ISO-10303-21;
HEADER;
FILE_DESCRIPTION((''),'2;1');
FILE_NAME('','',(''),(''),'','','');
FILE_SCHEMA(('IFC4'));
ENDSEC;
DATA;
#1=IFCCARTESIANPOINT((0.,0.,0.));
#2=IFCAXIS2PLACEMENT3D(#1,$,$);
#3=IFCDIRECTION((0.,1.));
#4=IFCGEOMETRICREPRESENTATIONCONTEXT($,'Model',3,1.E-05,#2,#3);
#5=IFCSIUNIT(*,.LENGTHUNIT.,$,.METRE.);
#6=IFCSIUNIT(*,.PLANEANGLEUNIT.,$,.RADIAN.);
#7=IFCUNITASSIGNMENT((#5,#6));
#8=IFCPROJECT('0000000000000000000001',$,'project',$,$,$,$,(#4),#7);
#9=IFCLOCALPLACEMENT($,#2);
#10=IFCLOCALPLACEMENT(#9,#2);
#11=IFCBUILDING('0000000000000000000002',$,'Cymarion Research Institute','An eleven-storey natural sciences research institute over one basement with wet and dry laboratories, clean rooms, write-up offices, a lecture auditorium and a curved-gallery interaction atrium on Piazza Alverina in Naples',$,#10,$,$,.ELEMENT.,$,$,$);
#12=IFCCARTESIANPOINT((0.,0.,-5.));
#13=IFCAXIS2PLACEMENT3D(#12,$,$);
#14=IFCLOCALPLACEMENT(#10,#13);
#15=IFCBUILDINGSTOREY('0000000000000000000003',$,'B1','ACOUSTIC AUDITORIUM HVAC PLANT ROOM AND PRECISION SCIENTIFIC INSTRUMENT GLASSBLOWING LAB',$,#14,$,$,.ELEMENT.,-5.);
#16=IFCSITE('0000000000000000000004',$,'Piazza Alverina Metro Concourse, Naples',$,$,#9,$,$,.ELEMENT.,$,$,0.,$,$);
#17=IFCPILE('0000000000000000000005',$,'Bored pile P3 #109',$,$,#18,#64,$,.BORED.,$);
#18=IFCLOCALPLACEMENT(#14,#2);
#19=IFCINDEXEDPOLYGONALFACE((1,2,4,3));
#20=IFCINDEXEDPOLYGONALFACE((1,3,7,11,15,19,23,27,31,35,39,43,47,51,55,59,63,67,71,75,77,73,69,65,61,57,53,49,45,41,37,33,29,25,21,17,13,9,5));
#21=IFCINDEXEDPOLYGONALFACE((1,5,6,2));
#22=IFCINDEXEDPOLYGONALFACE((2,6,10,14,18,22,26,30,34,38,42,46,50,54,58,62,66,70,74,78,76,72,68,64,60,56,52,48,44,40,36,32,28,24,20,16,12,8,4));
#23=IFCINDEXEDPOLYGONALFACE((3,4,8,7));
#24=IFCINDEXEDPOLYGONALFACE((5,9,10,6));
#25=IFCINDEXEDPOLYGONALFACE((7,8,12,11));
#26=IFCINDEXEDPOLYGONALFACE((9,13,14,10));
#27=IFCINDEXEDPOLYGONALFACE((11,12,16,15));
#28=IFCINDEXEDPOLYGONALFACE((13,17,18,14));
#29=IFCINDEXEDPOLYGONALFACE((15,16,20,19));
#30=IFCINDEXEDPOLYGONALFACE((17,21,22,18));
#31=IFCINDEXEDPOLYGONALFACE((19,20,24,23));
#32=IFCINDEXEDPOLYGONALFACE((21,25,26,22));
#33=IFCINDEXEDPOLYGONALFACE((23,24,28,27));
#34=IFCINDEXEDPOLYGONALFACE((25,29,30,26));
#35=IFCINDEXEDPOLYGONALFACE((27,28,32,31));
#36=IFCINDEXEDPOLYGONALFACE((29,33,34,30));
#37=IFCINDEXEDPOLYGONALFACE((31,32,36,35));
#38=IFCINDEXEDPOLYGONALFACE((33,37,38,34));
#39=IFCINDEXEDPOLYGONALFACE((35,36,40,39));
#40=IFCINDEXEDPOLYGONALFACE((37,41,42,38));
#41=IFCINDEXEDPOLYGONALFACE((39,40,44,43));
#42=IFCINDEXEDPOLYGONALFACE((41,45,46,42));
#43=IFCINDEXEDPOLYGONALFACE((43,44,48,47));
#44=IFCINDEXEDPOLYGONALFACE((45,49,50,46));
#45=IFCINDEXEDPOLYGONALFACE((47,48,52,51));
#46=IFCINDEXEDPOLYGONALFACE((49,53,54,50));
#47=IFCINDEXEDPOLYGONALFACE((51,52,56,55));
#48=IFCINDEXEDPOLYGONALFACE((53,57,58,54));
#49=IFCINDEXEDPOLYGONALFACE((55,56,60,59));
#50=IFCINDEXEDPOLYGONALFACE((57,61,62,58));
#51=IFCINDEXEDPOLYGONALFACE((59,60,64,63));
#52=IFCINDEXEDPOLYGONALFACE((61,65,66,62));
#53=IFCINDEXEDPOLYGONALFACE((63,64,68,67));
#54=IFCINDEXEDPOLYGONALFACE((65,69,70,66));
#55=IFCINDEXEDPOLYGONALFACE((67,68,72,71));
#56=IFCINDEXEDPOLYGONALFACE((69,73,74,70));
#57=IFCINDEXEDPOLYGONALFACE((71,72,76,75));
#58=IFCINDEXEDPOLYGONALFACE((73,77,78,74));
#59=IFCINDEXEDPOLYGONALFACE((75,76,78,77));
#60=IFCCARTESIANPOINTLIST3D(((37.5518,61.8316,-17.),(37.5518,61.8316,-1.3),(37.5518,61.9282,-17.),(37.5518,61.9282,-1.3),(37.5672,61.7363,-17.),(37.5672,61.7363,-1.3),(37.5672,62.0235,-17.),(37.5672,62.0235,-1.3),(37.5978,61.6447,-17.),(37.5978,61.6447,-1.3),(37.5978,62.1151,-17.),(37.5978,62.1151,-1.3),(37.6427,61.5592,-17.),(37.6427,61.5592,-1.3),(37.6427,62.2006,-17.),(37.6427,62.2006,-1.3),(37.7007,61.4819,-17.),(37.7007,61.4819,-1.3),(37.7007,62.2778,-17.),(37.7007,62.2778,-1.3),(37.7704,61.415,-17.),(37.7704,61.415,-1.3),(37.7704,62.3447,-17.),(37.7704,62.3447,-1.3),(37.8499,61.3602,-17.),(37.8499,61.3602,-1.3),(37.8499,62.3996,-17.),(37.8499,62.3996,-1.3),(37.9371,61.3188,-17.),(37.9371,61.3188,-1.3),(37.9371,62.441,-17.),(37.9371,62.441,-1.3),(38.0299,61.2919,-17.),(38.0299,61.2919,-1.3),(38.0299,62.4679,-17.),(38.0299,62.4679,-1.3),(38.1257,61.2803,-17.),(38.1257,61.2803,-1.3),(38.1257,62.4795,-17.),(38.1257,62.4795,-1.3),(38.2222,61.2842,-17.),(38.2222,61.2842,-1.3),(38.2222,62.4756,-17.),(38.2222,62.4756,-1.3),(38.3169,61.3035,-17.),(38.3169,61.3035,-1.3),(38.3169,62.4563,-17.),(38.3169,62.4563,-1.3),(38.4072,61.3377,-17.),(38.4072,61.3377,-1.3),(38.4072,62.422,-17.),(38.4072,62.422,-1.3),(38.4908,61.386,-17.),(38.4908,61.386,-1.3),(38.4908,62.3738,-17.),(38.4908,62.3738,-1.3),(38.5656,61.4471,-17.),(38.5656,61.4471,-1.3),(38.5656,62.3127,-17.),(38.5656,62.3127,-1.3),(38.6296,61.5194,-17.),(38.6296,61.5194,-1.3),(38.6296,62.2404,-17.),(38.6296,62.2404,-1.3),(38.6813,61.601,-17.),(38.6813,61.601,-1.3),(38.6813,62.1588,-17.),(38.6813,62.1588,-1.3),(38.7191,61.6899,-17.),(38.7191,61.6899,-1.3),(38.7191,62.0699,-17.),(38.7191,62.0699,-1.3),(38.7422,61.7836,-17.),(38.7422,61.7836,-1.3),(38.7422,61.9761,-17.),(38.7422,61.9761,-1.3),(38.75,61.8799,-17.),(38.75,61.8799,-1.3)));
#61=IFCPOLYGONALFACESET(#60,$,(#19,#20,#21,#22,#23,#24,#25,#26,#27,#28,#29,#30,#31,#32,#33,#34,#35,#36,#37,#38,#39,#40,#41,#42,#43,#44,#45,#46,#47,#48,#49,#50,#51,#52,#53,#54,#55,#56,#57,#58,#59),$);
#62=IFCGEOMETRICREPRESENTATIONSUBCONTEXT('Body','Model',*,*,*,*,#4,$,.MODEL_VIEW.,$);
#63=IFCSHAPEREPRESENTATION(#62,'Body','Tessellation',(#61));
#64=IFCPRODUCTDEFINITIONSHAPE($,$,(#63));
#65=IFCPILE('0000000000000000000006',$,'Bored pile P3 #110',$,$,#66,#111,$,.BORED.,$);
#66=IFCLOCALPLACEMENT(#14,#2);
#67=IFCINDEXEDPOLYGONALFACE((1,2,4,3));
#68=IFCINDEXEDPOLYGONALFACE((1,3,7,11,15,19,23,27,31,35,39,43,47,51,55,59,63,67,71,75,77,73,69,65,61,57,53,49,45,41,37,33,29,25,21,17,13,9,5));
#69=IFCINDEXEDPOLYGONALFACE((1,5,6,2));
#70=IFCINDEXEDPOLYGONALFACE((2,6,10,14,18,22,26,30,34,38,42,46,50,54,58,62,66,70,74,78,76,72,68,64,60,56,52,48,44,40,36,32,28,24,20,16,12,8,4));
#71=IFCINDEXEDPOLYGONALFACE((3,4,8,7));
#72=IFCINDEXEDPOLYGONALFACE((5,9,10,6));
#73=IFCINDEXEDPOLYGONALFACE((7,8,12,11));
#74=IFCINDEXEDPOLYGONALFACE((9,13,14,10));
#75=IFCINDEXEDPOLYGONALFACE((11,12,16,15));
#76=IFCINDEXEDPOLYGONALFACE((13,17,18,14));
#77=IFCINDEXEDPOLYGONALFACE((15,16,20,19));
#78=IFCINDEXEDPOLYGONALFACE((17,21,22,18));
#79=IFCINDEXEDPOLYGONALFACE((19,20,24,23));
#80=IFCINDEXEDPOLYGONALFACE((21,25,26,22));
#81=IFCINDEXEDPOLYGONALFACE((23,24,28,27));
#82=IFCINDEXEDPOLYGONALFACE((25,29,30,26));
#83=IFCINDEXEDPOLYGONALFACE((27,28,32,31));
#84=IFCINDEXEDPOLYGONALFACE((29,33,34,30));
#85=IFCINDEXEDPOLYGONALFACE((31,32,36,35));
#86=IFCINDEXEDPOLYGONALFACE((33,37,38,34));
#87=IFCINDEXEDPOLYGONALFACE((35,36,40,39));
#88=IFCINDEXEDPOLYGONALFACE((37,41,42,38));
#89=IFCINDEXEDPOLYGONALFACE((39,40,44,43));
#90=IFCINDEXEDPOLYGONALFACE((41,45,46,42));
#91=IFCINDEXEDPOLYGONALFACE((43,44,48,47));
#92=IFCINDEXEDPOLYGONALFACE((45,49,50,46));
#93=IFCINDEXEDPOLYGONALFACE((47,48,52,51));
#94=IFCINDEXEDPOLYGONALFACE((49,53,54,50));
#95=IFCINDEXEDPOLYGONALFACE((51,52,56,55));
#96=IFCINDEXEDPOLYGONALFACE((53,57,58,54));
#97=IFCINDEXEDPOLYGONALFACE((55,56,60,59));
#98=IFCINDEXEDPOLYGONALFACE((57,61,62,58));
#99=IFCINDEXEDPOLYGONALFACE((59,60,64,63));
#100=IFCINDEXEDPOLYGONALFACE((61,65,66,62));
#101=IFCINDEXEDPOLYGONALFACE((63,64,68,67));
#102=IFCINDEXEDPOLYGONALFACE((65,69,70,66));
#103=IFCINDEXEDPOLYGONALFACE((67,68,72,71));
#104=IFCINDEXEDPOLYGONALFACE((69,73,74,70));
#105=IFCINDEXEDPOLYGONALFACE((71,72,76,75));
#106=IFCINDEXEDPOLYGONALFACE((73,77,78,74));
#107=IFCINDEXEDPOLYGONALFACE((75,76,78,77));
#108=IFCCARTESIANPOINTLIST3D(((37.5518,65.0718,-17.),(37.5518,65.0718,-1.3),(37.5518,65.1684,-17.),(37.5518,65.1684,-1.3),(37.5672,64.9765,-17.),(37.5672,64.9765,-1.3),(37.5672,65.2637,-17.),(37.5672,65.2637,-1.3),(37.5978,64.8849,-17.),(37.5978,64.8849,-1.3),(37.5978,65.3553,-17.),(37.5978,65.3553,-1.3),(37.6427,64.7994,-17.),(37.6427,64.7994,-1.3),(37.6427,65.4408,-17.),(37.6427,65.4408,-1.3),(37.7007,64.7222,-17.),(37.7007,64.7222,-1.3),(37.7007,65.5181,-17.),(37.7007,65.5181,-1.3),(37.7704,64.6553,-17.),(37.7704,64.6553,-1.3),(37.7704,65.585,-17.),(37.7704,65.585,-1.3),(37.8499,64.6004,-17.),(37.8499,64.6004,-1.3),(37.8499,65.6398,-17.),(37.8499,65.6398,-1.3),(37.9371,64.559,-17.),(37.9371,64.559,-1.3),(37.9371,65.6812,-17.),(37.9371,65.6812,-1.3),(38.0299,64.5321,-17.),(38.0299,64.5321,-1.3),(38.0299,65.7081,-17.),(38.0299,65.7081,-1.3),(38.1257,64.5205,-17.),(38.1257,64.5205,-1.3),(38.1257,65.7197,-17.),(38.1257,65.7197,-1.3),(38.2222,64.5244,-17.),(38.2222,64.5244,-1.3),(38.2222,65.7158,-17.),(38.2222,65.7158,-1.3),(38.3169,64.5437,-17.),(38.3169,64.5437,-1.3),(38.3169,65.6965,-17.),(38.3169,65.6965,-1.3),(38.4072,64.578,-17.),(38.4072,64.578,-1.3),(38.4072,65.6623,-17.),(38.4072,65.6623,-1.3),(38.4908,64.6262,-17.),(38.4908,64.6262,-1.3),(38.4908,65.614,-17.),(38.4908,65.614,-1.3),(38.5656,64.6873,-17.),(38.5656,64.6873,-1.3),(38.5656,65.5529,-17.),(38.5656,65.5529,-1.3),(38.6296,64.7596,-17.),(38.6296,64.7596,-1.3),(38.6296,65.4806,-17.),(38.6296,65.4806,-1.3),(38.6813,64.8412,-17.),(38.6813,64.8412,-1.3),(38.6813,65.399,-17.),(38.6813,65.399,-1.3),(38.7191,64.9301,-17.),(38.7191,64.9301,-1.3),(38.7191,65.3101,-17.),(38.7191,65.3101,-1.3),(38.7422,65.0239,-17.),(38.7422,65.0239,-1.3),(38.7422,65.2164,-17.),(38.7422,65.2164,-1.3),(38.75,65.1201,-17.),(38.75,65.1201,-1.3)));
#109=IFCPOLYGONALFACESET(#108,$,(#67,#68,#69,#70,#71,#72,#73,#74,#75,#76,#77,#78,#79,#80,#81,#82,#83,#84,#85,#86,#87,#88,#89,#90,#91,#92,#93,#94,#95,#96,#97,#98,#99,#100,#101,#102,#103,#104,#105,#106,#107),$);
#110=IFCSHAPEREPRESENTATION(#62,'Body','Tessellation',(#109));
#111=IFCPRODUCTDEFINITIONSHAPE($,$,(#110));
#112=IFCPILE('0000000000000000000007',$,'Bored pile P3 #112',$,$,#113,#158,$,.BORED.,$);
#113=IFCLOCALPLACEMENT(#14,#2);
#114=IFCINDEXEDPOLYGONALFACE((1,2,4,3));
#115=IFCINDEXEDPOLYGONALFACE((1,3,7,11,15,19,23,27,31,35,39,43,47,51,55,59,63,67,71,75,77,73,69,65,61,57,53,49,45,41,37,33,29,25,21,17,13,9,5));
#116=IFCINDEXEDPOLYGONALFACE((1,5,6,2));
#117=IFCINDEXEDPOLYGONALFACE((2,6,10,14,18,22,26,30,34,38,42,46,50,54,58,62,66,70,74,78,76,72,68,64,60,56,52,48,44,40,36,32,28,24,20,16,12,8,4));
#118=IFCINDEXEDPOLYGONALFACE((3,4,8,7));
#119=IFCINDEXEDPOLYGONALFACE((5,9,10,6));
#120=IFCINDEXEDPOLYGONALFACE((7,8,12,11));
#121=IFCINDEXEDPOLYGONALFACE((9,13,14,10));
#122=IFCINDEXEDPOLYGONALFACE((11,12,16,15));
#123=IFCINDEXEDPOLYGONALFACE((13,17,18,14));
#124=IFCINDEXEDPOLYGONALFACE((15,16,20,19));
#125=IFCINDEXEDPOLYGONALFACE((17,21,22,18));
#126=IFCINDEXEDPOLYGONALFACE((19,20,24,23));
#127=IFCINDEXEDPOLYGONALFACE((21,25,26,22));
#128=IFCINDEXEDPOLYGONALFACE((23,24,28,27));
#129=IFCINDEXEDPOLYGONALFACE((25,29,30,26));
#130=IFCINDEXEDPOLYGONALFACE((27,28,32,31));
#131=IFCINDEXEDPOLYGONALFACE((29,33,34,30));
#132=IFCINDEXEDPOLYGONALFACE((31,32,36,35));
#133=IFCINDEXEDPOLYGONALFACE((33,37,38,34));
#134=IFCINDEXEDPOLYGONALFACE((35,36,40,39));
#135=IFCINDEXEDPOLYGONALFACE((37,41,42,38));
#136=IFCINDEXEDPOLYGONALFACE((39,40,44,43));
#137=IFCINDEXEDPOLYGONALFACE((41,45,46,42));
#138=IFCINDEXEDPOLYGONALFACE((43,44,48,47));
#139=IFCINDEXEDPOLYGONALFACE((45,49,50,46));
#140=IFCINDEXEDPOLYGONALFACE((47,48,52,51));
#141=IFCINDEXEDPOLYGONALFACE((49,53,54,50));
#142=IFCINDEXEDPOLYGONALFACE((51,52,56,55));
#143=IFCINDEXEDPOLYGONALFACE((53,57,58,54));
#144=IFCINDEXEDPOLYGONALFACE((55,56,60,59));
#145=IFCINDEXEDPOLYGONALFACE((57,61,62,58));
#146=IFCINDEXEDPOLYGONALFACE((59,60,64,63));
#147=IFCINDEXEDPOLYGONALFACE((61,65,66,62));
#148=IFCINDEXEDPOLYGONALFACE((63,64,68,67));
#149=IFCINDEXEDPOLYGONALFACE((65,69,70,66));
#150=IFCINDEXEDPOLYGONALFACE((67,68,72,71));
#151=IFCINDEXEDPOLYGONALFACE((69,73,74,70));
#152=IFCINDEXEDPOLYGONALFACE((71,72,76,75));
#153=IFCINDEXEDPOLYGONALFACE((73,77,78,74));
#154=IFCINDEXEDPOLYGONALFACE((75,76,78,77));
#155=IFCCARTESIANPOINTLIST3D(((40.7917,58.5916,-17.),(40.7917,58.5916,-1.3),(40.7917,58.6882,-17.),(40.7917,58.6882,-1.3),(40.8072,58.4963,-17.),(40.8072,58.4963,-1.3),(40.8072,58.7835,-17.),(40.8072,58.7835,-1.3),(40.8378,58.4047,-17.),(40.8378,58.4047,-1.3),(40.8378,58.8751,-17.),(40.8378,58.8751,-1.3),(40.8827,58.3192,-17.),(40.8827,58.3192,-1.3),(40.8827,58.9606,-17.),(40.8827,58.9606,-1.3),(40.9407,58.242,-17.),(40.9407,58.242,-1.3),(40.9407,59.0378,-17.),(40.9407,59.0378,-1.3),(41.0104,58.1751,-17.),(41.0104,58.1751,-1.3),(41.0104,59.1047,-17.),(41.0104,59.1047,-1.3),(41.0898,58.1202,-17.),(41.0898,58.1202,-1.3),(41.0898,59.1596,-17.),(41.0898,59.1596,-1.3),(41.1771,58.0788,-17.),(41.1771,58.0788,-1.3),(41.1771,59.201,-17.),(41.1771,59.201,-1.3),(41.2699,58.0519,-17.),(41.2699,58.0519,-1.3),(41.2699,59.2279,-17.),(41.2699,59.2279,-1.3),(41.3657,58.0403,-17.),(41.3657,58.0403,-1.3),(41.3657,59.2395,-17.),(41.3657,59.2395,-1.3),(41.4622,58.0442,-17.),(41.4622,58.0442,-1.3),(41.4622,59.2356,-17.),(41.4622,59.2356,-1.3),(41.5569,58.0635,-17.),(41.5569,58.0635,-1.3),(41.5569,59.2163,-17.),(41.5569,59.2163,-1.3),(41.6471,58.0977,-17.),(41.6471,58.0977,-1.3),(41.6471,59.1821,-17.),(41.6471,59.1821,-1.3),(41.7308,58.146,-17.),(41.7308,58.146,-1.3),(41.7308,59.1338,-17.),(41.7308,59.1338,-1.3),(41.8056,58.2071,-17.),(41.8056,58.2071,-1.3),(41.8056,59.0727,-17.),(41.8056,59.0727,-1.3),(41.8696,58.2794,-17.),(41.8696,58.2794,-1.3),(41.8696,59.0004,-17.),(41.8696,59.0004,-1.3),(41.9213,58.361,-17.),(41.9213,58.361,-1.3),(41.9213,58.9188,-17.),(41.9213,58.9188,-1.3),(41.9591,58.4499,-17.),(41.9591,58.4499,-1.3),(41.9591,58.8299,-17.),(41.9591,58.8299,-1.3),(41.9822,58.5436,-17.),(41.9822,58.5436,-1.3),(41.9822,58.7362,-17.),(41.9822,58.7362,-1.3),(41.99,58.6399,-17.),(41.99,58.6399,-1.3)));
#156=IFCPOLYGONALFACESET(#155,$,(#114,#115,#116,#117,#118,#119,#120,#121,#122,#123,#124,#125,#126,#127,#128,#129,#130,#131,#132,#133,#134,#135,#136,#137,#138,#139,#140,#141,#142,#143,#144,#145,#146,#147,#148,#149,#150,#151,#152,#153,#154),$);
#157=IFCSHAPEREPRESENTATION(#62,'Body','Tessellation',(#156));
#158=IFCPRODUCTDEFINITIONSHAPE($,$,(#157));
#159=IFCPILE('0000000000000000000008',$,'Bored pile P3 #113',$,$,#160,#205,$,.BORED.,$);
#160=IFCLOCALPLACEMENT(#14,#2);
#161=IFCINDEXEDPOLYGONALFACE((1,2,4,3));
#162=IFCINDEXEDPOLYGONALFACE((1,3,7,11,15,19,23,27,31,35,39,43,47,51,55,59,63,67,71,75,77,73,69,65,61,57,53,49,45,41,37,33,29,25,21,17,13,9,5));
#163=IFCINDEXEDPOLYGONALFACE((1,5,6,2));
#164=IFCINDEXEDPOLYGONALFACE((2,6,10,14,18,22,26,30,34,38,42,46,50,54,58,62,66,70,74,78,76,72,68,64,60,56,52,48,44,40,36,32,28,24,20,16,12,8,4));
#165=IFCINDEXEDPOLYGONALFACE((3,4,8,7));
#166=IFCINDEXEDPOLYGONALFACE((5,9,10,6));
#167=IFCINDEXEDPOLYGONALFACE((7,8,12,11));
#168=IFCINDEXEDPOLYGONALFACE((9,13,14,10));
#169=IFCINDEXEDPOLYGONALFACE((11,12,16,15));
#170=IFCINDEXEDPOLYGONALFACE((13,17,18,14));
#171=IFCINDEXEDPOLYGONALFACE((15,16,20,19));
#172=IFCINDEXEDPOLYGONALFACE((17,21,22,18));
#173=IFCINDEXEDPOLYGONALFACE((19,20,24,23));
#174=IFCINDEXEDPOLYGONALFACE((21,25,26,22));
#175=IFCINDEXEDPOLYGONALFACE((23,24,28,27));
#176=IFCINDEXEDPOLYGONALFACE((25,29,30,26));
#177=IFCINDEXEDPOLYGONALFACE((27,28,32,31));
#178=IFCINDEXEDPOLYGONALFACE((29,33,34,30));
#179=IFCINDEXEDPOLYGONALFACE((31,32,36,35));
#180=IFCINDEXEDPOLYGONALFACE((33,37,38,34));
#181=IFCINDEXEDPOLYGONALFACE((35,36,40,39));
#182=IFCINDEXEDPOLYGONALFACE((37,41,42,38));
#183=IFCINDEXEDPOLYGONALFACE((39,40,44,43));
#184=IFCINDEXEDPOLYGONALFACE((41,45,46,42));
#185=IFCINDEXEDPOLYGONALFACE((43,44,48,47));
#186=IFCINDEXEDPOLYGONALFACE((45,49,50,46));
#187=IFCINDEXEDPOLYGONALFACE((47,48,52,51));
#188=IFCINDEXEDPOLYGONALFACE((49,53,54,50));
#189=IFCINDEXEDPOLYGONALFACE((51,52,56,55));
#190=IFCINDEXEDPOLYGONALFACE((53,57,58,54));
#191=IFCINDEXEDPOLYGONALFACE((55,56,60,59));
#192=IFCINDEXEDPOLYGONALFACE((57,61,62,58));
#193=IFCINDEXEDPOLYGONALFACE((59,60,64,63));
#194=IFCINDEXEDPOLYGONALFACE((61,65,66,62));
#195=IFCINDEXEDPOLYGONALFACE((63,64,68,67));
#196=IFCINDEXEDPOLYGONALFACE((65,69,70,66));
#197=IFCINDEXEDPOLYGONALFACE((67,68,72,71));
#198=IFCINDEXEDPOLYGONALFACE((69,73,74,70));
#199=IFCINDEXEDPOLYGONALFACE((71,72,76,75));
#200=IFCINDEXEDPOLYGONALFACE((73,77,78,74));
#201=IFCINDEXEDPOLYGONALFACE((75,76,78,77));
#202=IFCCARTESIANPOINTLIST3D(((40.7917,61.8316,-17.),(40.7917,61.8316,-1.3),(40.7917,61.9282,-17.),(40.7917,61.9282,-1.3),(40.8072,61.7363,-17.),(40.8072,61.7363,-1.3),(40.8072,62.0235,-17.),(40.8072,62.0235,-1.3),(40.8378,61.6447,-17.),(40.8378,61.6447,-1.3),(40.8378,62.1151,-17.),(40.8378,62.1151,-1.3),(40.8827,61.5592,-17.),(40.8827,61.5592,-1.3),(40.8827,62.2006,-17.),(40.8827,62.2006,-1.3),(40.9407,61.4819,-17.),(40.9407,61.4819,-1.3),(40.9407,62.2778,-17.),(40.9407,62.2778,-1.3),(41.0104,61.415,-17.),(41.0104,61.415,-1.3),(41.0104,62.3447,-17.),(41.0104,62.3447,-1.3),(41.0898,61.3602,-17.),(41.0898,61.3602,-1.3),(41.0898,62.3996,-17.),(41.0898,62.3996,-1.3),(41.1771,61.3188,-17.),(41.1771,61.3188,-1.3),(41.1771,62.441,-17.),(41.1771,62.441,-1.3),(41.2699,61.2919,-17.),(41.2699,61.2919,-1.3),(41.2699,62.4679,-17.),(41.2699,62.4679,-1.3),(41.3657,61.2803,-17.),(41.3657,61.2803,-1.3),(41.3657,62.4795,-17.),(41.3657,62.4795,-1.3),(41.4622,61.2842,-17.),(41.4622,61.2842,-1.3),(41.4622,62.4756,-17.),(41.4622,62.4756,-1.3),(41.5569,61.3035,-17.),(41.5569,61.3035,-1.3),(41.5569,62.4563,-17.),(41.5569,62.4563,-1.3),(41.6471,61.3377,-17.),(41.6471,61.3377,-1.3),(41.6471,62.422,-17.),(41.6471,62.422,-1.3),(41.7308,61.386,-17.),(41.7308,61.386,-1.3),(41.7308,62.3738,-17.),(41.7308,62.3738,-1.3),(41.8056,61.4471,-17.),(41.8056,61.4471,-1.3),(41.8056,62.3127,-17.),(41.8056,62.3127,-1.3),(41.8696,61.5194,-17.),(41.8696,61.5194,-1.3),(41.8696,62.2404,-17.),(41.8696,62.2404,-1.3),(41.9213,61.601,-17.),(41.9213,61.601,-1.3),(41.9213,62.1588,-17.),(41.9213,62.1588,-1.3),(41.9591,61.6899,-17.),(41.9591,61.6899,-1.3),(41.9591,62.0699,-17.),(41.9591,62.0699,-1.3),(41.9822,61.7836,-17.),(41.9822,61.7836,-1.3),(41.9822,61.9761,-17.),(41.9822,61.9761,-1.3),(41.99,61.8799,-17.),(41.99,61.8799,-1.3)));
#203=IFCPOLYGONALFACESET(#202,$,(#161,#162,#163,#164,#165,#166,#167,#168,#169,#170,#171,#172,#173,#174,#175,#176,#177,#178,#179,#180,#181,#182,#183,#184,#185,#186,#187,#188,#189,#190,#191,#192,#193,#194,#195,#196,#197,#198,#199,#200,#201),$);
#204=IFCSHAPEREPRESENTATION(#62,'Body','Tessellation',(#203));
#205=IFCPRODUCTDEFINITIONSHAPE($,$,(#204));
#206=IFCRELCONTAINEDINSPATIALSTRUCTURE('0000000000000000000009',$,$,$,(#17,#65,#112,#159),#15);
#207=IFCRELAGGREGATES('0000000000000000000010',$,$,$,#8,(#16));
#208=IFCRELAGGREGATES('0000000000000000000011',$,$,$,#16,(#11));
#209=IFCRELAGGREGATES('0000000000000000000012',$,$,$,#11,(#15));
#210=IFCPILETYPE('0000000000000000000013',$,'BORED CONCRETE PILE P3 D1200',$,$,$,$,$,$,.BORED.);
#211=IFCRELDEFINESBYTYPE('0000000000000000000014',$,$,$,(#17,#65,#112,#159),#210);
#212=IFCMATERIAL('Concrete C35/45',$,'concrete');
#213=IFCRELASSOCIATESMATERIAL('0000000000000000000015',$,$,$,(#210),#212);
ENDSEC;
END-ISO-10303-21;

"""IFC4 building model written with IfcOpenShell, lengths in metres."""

from ifc_helpers import new_model, si_unit, direction, frame, origin, origin_2d, place, context, subcontext, project, spatial, circle, extrude, material, material_profile, profile_set, type_object, element, save


model = new_model("IFC4")

# Units and contexts
model_context = context("Model", 3, precision=1e-05, world=origin(), true_north=direction((0.0, 1.0)))
body_context = subcontext(model_context, "Body", "Model", "MODEL_VIEW")
ifc_project = project(units=[si_unit("LENGTHUNIT", "METRE"), si_unit("PLANEANGLEUNIT", "RADIAN")], contexts=[model_context])

# Site, building, storey
site_placement = place(None, origin())
site = spatial("IfcSite", under=ifc_project, at=site_placement, Name="Piazza Alverina Metro Concourse, Naples", CompositionType="ELEMENT", RefElevation=0.0)
building_placement = place(site_placement, origin())
building = spatial("IfcBuilding", under=site, at=building_placement, Name="Cymarion Research Institute", Description="An eleven-storey natural sciences research institute over one basement with wet and dry laboratories, clean rooms, write-up offices, a lecture auditorium and a curved-gallery interaction atrium on Piazza Alverina in Naples", CompositionType="ELEMENT")
storey_placement = place(building_placement, frame((0.0, 0.0, -5.0)))
storey = spatial("IfcBuildingStorey", under=building, at=storey_placement, Name="B1", Description="ACOUSTIC AUDITORIUM HVAC PLANT ROOM AND PRECISION SCIENTIFIC INSTRUMENT GLASSBLOWING LAB", CompositionType="ELEMENT", Elevation=-5.0)

# Piles
ifc_material_1 = material(Name="Concrete C35/45", Category="concrete")
ifc_material_profile_1 = material_profile(ifc_material_1, circle(Radius=0.6001, at=origin_2d()), Name="BORED PILE D1200")
ifc_profile_set_1 = profile_set([ifc_material_profile_1], Name="Concrete C35/45")
pile_type = type_object("IfcPileType", Name="BORED CONCRETE PILE P3 D1200", PredefinedType="BORED", material=ifc_profile_set_1)
for number, where, z_axis, x_axis, name in (
    (1, (38.1499, 61.8799, -1.3), (0.0, 0.0, -1.0), (1.0, 0.0, 0.0), "Bored pile P3 #109"),
    (2, (38.1499, 65.1201, -1.3), (0.0, 0.0, -1.0), (1.0, 0.0, 0.0), "Bored pile P3 #110"),
    (3, (41.3899, 58.6399, -1.3), (0.0, 0.0, -1.0), (1.0, 0.0, 0.0), "Bored pile P3 #112"),
    (4, (41.3899, 61.8799, -1.3), (0.0, 0.0, -1.0), (1.0, 0.0, 0.0), "Bored pile P3 #113"),
):
    element("IfcPile", number, at=place(storey_placement, frame(where, z_axis=z_axis, x_axis=x_axis)), inside=storey, type_object=pile_type, Name=name, PredefinedType="BORED", context=body_context, shape_type="SweptSolid", body=[
        extrude(circle(Radius=0.6001, at=origin_2d()), origin(), (0.0, 0.0, 1.0), 15.7),
    ])

save(model, "model.ifc")
